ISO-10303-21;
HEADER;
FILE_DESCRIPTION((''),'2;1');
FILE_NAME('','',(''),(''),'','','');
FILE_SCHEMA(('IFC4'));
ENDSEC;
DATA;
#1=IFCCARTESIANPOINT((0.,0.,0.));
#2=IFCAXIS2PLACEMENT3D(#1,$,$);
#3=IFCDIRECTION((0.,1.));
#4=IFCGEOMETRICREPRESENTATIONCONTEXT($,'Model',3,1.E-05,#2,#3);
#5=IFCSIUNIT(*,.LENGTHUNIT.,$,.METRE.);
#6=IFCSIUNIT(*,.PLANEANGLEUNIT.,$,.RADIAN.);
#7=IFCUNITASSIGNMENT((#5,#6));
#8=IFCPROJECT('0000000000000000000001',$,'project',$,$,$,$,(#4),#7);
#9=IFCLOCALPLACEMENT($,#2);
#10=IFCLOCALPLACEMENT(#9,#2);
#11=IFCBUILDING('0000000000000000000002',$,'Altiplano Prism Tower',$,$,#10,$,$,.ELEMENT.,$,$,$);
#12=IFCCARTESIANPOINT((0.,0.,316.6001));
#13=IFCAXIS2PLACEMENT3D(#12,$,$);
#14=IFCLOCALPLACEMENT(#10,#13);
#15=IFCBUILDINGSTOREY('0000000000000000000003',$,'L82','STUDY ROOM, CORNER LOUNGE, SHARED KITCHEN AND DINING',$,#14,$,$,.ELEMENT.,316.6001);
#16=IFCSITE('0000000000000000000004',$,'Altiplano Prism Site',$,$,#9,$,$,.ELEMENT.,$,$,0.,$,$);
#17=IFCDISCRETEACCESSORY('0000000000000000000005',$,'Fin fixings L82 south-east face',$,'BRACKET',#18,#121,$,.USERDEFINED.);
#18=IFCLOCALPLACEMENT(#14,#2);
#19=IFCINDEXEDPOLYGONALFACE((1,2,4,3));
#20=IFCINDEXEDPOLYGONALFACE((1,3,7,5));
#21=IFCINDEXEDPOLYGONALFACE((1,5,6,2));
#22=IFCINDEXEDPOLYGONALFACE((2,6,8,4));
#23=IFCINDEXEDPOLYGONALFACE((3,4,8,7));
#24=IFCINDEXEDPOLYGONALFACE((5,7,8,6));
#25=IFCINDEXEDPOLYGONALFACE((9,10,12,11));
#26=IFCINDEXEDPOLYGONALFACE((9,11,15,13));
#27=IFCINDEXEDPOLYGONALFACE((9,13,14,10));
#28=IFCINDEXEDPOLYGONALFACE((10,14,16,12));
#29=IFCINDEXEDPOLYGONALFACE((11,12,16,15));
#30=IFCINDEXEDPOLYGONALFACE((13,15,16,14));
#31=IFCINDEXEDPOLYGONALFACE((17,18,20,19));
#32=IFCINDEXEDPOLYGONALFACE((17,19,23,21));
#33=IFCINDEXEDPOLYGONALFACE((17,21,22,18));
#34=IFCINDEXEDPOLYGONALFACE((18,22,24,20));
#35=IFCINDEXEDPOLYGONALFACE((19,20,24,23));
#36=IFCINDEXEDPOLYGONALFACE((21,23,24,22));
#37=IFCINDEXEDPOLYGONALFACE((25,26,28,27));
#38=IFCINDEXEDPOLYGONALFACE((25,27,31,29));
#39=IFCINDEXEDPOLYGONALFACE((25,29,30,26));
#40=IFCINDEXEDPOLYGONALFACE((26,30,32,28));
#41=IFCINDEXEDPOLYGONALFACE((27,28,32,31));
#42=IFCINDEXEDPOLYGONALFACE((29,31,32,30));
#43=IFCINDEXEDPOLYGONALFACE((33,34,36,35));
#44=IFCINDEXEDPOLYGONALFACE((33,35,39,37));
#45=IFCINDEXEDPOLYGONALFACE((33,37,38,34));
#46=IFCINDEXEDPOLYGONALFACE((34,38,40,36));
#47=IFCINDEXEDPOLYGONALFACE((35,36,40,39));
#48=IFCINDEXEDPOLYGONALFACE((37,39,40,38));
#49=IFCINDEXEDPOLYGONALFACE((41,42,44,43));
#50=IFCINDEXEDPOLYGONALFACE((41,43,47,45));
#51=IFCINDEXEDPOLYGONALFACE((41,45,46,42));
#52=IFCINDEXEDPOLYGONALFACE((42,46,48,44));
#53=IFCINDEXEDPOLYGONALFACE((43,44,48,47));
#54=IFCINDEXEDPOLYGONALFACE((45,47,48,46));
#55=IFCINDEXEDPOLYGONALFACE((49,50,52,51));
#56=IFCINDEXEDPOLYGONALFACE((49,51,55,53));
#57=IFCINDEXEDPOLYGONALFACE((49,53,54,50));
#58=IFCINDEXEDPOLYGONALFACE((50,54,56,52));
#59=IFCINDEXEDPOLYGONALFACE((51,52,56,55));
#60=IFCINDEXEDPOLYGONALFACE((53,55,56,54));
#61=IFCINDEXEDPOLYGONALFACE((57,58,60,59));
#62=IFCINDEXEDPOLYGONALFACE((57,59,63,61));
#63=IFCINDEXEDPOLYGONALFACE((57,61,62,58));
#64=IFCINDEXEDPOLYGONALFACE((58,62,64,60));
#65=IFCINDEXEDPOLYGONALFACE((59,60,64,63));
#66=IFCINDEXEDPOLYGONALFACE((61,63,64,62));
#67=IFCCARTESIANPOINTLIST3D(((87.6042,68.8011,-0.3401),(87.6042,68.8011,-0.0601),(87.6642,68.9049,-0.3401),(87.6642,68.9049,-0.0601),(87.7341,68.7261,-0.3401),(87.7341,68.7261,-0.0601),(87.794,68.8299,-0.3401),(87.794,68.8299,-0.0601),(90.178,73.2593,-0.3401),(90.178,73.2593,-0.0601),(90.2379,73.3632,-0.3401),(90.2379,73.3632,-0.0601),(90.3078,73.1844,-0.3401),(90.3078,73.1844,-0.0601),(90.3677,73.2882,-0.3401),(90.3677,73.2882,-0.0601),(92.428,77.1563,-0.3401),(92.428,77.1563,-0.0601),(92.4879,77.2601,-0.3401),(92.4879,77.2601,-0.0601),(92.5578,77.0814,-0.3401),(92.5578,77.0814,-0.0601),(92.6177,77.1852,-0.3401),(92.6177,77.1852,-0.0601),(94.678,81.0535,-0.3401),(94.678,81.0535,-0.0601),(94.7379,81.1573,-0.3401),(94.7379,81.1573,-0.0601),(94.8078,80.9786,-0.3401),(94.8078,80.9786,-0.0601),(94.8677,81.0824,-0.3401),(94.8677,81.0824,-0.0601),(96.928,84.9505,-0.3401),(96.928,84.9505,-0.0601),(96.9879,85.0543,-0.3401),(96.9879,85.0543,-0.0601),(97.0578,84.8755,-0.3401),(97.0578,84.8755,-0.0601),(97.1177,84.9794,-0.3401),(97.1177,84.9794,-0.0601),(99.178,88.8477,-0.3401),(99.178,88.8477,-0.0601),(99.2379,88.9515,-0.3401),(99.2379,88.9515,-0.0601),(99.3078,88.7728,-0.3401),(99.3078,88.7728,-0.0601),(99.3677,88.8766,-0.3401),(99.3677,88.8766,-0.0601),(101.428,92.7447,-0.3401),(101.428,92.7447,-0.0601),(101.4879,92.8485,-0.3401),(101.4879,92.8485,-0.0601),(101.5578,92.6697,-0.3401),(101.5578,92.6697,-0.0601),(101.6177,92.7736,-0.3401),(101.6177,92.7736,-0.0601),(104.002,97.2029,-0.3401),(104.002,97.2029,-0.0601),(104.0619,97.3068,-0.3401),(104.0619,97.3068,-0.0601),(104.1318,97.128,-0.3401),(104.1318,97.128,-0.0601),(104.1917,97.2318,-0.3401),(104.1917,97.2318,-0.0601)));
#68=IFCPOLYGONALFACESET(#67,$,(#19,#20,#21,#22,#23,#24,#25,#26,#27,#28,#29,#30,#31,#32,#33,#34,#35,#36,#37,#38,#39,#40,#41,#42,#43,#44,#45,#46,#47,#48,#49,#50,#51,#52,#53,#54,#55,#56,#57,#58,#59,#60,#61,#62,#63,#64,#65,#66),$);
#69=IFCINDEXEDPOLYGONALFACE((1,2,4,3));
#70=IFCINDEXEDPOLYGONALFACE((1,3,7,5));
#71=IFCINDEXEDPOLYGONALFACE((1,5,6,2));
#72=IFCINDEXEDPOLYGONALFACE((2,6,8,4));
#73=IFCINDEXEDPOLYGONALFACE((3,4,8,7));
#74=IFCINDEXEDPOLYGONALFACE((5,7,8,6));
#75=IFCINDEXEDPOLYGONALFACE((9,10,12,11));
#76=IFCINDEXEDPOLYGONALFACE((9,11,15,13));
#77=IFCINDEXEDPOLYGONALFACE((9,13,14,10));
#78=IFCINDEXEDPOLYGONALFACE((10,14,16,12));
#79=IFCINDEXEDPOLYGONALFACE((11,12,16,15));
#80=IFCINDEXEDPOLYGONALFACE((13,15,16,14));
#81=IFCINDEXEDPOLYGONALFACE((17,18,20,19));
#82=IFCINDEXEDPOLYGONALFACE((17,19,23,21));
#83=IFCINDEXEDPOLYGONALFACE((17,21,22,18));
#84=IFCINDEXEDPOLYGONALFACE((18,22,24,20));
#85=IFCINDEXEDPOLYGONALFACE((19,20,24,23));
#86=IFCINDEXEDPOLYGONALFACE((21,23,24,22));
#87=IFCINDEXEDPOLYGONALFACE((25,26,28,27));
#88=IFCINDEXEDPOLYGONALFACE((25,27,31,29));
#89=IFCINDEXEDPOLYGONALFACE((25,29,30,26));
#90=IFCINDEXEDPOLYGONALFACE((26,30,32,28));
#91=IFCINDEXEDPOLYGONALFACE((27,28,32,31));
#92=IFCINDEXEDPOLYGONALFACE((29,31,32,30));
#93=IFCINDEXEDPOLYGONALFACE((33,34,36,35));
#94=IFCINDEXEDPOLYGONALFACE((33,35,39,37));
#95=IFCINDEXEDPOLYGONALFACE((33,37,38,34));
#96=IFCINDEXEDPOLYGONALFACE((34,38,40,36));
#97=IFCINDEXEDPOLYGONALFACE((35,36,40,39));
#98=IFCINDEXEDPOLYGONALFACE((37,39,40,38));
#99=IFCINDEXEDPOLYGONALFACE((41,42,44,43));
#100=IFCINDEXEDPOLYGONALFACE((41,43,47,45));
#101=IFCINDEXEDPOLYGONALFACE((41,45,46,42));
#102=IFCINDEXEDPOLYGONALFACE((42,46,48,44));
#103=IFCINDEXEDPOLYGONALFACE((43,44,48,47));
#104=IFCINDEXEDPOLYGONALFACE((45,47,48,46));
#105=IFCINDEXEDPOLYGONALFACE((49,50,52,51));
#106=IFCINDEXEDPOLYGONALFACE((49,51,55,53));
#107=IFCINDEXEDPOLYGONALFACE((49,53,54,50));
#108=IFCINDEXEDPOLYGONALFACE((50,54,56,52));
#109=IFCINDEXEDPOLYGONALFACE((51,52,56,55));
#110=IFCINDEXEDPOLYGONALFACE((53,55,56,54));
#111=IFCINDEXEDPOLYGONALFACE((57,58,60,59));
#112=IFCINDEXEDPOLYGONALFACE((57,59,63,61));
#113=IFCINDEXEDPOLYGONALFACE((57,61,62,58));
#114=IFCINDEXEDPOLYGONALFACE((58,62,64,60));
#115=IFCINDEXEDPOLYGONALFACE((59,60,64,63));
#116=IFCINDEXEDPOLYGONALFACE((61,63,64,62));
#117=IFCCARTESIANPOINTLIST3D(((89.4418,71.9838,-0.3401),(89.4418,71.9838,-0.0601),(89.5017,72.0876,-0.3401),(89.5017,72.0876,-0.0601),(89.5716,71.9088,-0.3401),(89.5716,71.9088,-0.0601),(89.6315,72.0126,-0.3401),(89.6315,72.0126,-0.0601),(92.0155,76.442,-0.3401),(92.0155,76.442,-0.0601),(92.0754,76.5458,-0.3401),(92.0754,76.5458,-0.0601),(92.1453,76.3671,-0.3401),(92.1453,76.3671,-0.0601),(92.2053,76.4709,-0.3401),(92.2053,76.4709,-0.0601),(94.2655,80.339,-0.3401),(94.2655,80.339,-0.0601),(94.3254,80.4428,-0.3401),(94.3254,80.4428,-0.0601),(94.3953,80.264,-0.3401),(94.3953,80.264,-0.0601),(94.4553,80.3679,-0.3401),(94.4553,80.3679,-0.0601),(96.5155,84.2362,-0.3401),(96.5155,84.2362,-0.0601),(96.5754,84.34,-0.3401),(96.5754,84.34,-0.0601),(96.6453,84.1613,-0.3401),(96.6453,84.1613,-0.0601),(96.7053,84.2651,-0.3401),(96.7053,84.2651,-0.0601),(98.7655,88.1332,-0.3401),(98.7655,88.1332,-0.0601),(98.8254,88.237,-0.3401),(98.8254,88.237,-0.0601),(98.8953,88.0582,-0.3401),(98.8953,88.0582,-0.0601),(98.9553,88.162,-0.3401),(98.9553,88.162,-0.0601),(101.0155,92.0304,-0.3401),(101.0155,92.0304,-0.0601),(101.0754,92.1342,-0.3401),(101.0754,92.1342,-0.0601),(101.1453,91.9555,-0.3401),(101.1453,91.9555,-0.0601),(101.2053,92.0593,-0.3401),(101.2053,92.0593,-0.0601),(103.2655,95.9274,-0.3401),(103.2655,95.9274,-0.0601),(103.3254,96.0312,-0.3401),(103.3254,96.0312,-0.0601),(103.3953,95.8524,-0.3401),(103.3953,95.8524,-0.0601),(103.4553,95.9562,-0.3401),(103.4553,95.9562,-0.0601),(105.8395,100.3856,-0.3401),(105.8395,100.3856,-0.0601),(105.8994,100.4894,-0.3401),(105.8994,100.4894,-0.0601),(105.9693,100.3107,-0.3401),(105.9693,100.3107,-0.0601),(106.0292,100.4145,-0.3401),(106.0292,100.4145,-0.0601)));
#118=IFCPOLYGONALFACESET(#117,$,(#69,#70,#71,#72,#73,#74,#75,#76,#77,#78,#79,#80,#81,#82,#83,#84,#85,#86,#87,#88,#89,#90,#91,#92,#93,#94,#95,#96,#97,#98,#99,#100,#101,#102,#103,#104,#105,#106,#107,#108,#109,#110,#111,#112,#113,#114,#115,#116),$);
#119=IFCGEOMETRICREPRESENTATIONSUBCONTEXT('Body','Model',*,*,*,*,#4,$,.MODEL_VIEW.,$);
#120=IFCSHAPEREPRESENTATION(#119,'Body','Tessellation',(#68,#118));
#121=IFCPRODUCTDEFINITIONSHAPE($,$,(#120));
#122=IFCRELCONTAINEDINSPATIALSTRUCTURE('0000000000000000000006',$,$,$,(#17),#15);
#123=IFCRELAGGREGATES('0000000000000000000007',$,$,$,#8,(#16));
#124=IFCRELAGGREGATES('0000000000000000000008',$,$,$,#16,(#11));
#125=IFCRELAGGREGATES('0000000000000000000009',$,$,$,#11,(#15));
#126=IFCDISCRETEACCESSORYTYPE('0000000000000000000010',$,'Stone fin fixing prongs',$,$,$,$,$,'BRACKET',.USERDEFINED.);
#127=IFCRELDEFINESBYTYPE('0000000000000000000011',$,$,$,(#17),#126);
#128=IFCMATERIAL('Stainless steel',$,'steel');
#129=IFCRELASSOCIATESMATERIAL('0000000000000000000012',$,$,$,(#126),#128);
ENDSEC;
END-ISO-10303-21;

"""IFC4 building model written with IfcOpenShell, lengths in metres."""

from ifc_helpers import new_model, si_unit, direction, frame, origin, place, context, subcontext, project, spatial, polyline, outline, extrude, source, transform, mapped, material, type_object, element, save


model = new_model("IFC4")

# Units and contexts
model_context = context("Model", 3, precision=1e-05, world=origin(), true_north=direction((0.0, 1.0)))
body_context = subcontext(model_context, "Body", "Model", "MODEL_VIEW")
ifc_project = project(units=[si_unit("LENGTHUNIT", "METRE"), si_unit("PLANEANGLEUNIT", "RADIAN")], contexts=[model_context])

# Site, building, storey
site_placement = place(None, origin())
site = spatial("IfcSite", under=ifc_project, at=site_placement, Name="Altiplano Prism Site", CompositionType="ELEMENT", RefElevation=0.0)
building_placement = place(site_placement, origin())
building = spatial("IfcBuilding", under=site, at=building_placement, Name="Altiplano Prism Tower", CompositionType="ELEMENT")
storey_placement = place(building_placement, frame((0.0, 0.0, 316.6001)))
storey = spatial("IfcBuildingStorey", under=building, at=storey_placement, Name="L82", Description="STUDY ROOM, CORNER LOUNGE, SHARED KITCHEN AND DINING", CompositionType="ELEMENT", Elevation=316.6001)

# Discrete accessory
ifc_material_1 = material(Name="Stainless steel", Category="steel")
discrete_accessory_type = type_object("IfcDiscreteAccessoryType", Name="Stone fin fixing prongs", ElementType="BRACKET", PredefinedType="USERDEFINED", material=ifc_material_1)
shared_shape_1 = source(origin(), body_context, "Body", "SweptSolid", [
    extrude(outline(polyline([(-1.8975, 0.0601), (-1.7776, 0.0601), (-1.7776, 0.3401), (-1.8975, 0.3401), (-1.8975, 0.0601)])), frame((0.0, 0.0, 0.0), z_axis=(0.0, -1.0, 0.0), x_axis=(1.0, 0.0, 0.0)), (0.0, 0.0, 1.0), 0.1499),
    extrude(outline(polyline([(1.7776, 0.0601), (1.8975, 0.0601), (1.8975, 0.3401), (1.7776, 0.3401), (1.7776, 0.0601)])), frame((0.0, 0.0, 0.0), z_axis=(0.0, -1.0, 0.0), x_axis=(1.0, 0.0, 0.0)), (0.0, 0.0, 1.0), 0.1499),
])
shared_shape_2 = source(origin(), body_context, "Body", "SweptSolid", [
    extrude(outline(polyline([(-1.8975, 0.0601), (-1.7776, 0.0601), (-1.7776, 0.3401), (-1.8975, 0.3401), (-1.8975, 0.0601)])), frame((0.0, 0.0, 0.0), z_axis=(0.0, -1.0, 0.0), x_axis=(1.0, 0.0, 0.0)), (0.0, 0.0, 1.0), 0.1499),
    extrude(outline(polyline([(1.7776, 0.0601), (1.8975, 0.0601), (1.8975, 0.3401), (1.7776, 0.3401), (1.7776, 0.0601)])), frame((0.0, 0.0, 0.0), z_axis=(0.0, -1.0, 0.0), x_axis=(1.0, 0.0, 0.0)), (0.0, 0.0, 1.0), 0.1499),
])
discrete_accessory_1_placement = place(storey_placement, origin())
element("IfcDiscreteAccessory", 1, at=discrete_accessory_1_placement, inside=storey, type_object=discrete_accessory_type, Name="Fin fixings L82 south-east face", ObjectType="BRACKET", PredefinedType="USERDEFINED", context=body_context, shape_type="MappedRepresentation", body=[
    mapped(shared_shape_1, transform((88.553, 70.4443, -0.4001), x_axis=(0.5, 0.866025, 0.0), y_axis=(-0.866025, 0.5, 0.0), z_axis=(0.0, 0.0, 1.0))),
    mapped(shared_shape_2, transform((91.1267, 74.9026, -0.4001), x_axis=(0.5, 0.866025, 0.0), y_axis=(-0.866025, 0.5, 0.0), z_axis=(0.0, 0.0, 1.0))),
    mapped(shared_shape_2, transform((93.3767, 78.7996, -0.4001), x_axis=(0.5, 0.866025, 0.0), y_axis=(-0.866025, 0.5, 0.0), z_axis=(0.0, 0.0, 1.0))),
    mapped(shared_shape_2, transform((95.6267, 82.6968, -0.4001), x_axis=(0.5, 0.866025, 0.0), y_axis=(-0.866025, 0.5, 0.0), z_axis=(0.0, 0.0, 1.0))),
    mapped(shared_shape_2, transform((97.8767, 86.5938, -0.4001), x_axis=(0.5, 0.866025, 0.0), y_axis=(-0.866025, 0.5, 0.0), z_axis=(0.0, 0.0, 1.0))),
    mapped(shared_shape_2, transform((100.1267, 90.491, -0.4001), x_axis=(0.5, 0.866025, 0.0), y_axis=(-0.866025, 0.5, 0.0), z_axis=(0.0, 0.0, 1.0))),
    mapped(shared_shape_2, transform((102.3767, 94.3879, -0.4001), x_axis=(0.5, 0.866025, 0.0), y_axis=(-0.866025, 0.5, 0.0), z_axis=(0.0, 0.0, 1.0))),
    mapped(shared_shape_1, transform((104.9507, 98.8462, -0.4001), x_axis=(0.5, 0.866025, 0.0), y_axis=(-0.866025, 0.5, 0.0), z_axis=(0.0, 0.0, 1.0))),
])

save(model, "model.ifc")
